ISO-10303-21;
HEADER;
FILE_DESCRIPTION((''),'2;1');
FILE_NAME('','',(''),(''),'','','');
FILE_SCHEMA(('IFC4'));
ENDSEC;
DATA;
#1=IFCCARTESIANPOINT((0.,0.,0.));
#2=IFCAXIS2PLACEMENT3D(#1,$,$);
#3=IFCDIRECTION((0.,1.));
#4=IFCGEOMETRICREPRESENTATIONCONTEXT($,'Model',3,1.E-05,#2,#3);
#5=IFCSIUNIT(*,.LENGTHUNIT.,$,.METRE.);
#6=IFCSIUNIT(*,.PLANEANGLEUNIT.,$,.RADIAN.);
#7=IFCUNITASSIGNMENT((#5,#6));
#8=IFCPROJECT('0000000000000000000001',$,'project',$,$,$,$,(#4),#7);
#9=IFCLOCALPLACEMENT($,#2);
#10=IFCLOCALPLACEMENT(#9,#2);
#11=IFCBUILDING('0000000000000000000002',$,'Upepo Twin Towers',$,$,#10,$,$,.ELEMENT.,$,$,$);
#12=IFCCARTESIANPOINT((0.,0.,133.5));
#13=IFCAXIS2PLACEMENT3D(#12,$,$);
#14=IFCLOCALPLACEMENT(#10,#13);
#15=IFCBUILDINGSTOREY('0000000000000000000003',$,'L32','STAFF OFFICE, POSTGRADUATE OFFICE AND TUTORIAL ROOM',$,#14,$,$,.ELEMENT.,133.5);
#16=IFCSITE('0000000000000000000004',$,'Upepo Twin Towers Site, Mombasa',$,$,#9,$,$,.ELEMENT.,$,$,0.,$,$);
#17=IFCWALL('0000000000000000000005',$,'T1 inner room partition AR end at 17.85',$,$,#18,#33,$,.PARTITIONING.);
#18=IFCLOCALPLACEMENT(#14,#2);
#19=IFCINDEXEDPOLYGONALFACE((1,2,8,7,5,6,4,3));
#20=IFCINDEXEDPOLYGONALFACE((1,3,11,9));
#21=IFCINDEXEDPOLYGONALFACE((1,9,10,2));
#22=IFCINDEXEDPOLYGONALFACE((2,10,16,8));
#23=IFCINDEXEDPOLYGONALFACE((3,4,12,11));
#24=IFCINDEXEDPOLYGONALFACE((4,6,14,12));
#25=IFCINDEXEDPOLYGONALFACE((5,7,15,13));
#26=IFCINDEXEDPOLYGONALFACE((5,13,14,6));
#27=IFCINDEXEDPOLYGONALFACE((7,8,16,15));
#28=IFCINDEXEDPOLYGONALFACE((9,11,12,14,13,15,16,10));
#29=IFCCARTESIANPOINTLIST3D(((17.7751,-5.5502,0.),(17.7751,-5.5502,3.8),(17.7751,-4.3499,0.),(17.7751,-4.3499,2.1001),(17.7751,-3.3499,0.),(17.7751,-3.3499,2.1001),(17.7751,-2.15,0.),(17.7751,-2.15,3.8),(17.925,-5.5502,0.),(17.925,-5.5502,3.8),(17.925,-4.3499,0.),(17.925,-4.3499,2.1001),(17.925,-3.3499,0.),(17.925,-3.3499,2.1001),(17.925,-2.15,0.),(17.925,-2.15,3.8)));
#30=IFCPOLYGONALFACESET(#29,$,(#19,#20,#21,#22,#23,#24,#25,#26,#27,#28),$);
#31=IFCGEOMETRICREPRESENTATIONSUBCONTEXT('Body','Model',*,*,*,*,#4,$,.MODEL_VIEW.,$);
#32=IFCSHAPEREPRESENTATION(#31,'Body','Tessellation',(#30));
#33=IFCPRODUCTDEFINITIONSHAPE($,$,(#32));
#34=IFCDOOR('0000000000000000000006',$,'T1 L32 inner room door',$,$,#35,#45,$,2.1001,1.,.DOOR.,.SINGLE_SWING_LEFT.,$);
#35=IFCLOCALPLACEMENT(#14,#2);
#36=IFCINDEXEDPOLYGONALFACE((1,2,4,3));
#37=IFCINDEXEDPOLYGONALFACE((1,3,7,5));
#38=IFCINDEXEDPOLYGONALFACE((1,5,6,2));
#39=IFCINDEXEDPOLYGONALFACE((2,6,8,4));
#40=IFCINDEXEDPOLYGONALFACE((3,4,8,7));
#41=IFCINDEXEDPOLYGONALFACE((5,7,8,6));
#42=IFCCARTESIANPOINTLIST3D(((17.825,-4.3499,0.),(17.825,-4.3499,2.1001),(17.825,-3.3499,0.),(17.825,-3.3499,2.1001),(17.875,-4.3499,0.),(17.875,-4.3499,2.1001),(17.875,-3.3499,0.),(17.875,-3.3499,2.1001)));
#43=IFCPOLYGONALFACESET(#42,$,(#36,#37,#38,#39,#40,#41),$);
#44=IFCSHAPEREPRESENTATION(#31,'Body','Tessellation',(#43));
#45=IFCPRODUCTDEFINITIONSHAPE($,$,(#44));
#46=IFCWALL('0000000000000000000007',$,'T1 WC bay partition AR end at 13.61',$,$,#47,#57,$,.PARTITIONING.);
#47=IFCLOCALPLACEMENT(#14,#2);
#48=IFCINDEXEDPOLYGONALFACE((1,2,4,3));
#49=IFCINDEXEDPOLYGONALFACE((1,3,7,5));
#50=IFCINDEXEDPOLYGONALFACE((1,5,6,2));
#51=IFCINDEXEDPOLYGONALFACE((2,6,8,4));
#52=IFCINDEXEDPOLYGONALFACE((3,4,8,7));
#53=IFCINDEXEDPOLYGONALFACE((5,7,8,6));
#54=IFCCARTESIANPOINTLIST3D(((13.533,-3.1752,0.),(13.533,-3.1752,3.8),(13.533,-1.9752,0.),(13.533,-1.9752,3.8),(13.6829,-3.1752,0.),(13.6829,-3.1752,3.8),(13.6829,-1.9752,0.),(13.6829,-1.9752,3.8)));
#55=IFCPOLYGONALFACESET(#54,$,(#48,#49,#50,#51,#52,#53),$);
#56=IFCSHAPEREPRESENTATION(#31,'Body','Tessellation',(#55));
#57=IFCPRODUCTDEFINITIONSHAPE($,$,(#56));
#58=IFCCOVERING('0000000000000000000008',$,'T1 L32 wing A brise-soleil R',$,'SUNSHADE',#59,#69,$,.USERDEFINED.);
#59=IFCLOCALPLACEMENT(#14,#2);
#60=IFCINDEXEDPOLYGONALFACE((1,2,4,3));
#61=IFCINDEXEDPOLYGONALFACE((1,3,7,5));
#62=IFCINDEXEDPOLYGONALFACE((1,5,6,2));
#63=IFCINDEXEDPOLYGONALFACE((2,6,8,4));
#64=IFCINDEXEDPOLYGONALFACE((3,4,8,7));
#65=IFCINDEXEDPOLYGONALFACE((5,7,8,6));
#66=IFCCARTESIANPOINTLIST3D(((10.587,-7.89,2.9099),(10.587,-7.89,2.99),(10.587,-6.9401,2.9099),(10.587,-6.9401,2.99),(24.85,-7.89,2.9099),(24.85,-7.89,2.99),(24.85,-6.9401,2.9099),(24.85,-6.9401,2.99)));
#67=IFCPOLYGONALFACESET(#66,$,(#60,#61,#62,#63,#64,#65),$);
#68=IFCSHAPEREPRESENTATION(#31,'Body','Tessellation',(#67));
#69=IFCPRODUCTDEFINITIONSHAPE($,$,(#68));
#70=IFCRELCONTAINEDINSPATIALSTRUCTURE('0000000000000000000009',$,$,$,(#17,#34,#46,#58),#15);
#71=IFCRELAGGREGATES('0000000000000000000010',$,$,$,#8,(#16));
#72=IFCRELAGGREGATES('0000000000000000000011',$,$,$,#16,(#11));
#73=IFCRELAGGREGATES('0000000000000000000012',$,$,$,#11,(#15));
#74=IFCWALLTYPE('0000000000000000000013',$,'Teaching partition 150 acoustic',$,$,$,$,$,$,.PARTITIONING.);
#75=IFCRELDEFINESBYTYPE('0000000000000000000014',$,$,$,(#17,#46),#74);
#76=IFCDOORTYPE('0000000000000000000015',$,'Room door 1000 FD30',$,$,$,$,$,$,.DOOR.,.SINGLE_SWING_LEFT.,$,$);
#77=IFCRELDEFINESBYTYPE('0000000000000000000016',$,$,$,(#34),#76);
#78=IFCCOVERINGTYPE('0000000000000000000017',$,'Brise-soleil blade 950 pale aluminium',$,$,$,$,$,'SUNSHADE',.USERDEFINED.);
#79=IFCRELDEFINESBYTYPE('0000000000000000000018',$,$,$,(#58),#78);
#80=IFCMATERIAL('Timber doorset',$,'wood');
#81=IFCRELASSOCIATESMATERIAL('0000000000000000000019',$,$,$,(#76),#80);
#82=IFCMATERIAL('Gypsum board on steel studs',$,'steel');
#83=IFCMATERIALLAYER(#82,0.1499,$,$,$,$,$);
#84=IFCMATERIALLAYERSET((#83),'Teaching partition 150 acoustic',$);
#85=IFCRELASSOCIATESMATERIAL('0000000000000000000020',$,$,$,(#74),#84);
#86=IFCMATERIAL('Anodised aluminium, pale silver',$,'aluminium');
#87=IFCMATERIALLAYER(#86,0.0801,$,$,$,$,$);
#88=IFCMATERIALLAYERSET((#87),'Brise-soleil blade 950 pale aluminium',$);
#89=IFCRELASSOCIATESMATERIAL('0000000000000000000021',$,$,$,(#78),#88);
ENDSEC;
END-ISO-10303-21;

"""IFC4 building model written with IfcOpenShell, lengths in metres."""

from ifc_helpers import new_model, si_unit, direction, frame, frame_2d, origin, origin_2d, place, context, subcontext, project, spatial, rectangle, extrude, material, layer, layer_set, type_object, element, fill, save


model = new_model("IFC4")

# Units and contexts
model_context = context("Model", 3, precision=1e-05, world=origin(), true_north=direction((0.0, 1.0)))
body_context = subcontext(model_context, "Body", "Model", "MODEL_VIEW")
ifc_project = project(units=[si_unit("LENGTHUNIT", "METRE"), si_unit("PLANEANGLEUNIT", "RADIAN")], contexts=[model_context])

# Site, building, storey
site_placement = place(None, origin())
site = spatial("IfcSite", under=ifc_project, at=site_placement, Name="Upepo Twin Towers Site, Mombasa", CompositionType="ELEMENT", RefElevation=0.0)
building_placement = place(site_placement, origin())
building = spatial("IfcBuilding", under=site, at=building_placement, Name="Upepo Twin Towers", CompositionType="ELEMENT")
storey_placement = place(building_placement, frame((0.0, 0.0, 133.5)))
storey = spatial("IfcBuildingStorey", under=building, at=storey_placement, Name="L32", Description="STAFF OFFICE, POSTGRADUATE OFFICE AND TUTORIAL ROOM", CompositionType="ELEMENT", Elevation=133.5)

# Shared definitions
ifc_material_1 = material(Name="Timber doorset", Category="wood")
door_type_1 = type_object("IfcDoorType", Name="Room door 1000 FD30", OperationType="SINGLE_SWING_LEFT", PredefinedType="DOOR", material=ifc_material_1)

# Shared definitions
ifc_material_2 = material(Name="Gypsum board on steel studs", Category="steel")
ifc_layer_1 = layer(ifc_material_2, 0.1499)
ifc_layer_set_1 = layer_set([ifc_layer_1], Name="Teaching partition 150 acoustic")
wall_type_1 = type_object("IfcWallType", Name="Teaching partition 150 acoustic", PredefinedType="PARTITIONING", material=ifc_layer_set_1)

# Wall, opening, door
wall_1_placement = place(storey_placement, frame((17.8501, -2.1499, 0.0), z_axis=(0.0, 0.0, 1.0), x_axis=(0.0, -1.0, 0.0)))
wall_1 = element("IfcWall", 1, at=wall_1_placement, inside=storey, type_object=wall_type_1, Name="T1 inner room partition AR end at 17.85", PredefinedType="PARTITIONING", context=body_context, shape_type="SweptSolid", body=[
    extrude(rectangle(XDim=3.4001, YDim=0.1499, at=frame_2d((1.7002, 0.0))), origin(), (0.0, 0.0, 1.0), 3.8),
])
opening_1_placement = place(wall_1_placement, frame((1.2, 0.0, 0.0)))
opening_1 = element("IfcOpeningElement", 2, at=opening_1_placement, cuts=wall_1, PredefinedType="OPENING", context=body_context, shape_type="SweptSolid", body=[
    extrude(rectangle(XDim=1.0, YDim=2.1001, at=frame_2d((0.5, 1.05))), frame((0.0, 0.085, 0.0), z_axis=(0.0, -1.0, 0.0), x_axis=(1.0, 0.0, 0.0)), (0.0, 0.0, 1.0), 0.1699),
])
door_1_placement = place(opening_1_placement, origin())
door_1 = element("IfcDoor", 3, at=door_1_placement, inside=storey, type_object=door_type_1, Name="T1 L32 inner room door", OperationType="SINGLE_SWING_LEFT", OverallHeight=2.1001, OverallWidth=1.0, PredefinedType="DOOR", context=body_context, shape_type="SweptSolid", body=[
    extrude(rectangle(XDim=1.0, YDim=2.1001, at=frame_2d((0.5, 1.05))), frame((0.0, 0.0249, 0.0), z_axis=(0.0, -1.0, 0.0), x_axis=(1.0, 0.0, 0.0)), (0.0, 0.0, 1.0), 0.05),
])
fill(opening_1, door_1)

# Wall
wall_2_placement = place(storey_placement, frame((13.6079, -1.9751, 0.0), z_axis=(0.0, 0.0, 1.0), x_axis=(0.0, -1.0, 0.0)))
element("IfcWall", 4, at=wall_2_placement, inside=storey, type_object=wall_type_1, Name="T1 WC bay partition AR end at 13.61", PredefinedType="PARTITIONING", context=body_context, shape_type="SweptSolid", body=[
    extrude(rectangle(XDim=1.2, YDim=0.1499, at=frame_2d((0.6001, 0.0))), origin(), (0.0, 0.0, 1.0), 3.8),
])

# Covering
ifc_material_3 = material(Name="Anodised aluminium, pale silver", Category="aluminium")
ifc_layer_2 = layer(ifc_material_3, 0.0801)
ifc_layer_set_2 = layer_set([ifc_layer_2], Name="Brise-soleil blade 950 pale aluminium")
covering_type = type_object("IfcCoveringType", Name="Brise-soleil blade 950 pale aluminium", ElementType="SUNSHADE", PredefinedType="USERDEFINED", material=ifc_layer_set_2)
covering_placement = place(storey_placement, frame((17.7185, -7.415, 2.9099), z_axis=(0.0, 0.0, 1.0), x_axis=(1.0, 0.0, 0.0)))
element("IfcCovering", 5, at=covering_placement, inside=storey, type_object=covering_type, Name="T1 L32 wing A brise-soleil R", ObjectType="SUNSHADE", PredefinedType="USERDEFINED", context=body_context, shape_type="SweptSolid", body=[
    extrude(rectangle(XDim=14.2629, YDim=0.95, at=origin_2d()), origin(), (0.0, 0.0, 1.0), 0.0801),
])

save(model, "model.ifc")
